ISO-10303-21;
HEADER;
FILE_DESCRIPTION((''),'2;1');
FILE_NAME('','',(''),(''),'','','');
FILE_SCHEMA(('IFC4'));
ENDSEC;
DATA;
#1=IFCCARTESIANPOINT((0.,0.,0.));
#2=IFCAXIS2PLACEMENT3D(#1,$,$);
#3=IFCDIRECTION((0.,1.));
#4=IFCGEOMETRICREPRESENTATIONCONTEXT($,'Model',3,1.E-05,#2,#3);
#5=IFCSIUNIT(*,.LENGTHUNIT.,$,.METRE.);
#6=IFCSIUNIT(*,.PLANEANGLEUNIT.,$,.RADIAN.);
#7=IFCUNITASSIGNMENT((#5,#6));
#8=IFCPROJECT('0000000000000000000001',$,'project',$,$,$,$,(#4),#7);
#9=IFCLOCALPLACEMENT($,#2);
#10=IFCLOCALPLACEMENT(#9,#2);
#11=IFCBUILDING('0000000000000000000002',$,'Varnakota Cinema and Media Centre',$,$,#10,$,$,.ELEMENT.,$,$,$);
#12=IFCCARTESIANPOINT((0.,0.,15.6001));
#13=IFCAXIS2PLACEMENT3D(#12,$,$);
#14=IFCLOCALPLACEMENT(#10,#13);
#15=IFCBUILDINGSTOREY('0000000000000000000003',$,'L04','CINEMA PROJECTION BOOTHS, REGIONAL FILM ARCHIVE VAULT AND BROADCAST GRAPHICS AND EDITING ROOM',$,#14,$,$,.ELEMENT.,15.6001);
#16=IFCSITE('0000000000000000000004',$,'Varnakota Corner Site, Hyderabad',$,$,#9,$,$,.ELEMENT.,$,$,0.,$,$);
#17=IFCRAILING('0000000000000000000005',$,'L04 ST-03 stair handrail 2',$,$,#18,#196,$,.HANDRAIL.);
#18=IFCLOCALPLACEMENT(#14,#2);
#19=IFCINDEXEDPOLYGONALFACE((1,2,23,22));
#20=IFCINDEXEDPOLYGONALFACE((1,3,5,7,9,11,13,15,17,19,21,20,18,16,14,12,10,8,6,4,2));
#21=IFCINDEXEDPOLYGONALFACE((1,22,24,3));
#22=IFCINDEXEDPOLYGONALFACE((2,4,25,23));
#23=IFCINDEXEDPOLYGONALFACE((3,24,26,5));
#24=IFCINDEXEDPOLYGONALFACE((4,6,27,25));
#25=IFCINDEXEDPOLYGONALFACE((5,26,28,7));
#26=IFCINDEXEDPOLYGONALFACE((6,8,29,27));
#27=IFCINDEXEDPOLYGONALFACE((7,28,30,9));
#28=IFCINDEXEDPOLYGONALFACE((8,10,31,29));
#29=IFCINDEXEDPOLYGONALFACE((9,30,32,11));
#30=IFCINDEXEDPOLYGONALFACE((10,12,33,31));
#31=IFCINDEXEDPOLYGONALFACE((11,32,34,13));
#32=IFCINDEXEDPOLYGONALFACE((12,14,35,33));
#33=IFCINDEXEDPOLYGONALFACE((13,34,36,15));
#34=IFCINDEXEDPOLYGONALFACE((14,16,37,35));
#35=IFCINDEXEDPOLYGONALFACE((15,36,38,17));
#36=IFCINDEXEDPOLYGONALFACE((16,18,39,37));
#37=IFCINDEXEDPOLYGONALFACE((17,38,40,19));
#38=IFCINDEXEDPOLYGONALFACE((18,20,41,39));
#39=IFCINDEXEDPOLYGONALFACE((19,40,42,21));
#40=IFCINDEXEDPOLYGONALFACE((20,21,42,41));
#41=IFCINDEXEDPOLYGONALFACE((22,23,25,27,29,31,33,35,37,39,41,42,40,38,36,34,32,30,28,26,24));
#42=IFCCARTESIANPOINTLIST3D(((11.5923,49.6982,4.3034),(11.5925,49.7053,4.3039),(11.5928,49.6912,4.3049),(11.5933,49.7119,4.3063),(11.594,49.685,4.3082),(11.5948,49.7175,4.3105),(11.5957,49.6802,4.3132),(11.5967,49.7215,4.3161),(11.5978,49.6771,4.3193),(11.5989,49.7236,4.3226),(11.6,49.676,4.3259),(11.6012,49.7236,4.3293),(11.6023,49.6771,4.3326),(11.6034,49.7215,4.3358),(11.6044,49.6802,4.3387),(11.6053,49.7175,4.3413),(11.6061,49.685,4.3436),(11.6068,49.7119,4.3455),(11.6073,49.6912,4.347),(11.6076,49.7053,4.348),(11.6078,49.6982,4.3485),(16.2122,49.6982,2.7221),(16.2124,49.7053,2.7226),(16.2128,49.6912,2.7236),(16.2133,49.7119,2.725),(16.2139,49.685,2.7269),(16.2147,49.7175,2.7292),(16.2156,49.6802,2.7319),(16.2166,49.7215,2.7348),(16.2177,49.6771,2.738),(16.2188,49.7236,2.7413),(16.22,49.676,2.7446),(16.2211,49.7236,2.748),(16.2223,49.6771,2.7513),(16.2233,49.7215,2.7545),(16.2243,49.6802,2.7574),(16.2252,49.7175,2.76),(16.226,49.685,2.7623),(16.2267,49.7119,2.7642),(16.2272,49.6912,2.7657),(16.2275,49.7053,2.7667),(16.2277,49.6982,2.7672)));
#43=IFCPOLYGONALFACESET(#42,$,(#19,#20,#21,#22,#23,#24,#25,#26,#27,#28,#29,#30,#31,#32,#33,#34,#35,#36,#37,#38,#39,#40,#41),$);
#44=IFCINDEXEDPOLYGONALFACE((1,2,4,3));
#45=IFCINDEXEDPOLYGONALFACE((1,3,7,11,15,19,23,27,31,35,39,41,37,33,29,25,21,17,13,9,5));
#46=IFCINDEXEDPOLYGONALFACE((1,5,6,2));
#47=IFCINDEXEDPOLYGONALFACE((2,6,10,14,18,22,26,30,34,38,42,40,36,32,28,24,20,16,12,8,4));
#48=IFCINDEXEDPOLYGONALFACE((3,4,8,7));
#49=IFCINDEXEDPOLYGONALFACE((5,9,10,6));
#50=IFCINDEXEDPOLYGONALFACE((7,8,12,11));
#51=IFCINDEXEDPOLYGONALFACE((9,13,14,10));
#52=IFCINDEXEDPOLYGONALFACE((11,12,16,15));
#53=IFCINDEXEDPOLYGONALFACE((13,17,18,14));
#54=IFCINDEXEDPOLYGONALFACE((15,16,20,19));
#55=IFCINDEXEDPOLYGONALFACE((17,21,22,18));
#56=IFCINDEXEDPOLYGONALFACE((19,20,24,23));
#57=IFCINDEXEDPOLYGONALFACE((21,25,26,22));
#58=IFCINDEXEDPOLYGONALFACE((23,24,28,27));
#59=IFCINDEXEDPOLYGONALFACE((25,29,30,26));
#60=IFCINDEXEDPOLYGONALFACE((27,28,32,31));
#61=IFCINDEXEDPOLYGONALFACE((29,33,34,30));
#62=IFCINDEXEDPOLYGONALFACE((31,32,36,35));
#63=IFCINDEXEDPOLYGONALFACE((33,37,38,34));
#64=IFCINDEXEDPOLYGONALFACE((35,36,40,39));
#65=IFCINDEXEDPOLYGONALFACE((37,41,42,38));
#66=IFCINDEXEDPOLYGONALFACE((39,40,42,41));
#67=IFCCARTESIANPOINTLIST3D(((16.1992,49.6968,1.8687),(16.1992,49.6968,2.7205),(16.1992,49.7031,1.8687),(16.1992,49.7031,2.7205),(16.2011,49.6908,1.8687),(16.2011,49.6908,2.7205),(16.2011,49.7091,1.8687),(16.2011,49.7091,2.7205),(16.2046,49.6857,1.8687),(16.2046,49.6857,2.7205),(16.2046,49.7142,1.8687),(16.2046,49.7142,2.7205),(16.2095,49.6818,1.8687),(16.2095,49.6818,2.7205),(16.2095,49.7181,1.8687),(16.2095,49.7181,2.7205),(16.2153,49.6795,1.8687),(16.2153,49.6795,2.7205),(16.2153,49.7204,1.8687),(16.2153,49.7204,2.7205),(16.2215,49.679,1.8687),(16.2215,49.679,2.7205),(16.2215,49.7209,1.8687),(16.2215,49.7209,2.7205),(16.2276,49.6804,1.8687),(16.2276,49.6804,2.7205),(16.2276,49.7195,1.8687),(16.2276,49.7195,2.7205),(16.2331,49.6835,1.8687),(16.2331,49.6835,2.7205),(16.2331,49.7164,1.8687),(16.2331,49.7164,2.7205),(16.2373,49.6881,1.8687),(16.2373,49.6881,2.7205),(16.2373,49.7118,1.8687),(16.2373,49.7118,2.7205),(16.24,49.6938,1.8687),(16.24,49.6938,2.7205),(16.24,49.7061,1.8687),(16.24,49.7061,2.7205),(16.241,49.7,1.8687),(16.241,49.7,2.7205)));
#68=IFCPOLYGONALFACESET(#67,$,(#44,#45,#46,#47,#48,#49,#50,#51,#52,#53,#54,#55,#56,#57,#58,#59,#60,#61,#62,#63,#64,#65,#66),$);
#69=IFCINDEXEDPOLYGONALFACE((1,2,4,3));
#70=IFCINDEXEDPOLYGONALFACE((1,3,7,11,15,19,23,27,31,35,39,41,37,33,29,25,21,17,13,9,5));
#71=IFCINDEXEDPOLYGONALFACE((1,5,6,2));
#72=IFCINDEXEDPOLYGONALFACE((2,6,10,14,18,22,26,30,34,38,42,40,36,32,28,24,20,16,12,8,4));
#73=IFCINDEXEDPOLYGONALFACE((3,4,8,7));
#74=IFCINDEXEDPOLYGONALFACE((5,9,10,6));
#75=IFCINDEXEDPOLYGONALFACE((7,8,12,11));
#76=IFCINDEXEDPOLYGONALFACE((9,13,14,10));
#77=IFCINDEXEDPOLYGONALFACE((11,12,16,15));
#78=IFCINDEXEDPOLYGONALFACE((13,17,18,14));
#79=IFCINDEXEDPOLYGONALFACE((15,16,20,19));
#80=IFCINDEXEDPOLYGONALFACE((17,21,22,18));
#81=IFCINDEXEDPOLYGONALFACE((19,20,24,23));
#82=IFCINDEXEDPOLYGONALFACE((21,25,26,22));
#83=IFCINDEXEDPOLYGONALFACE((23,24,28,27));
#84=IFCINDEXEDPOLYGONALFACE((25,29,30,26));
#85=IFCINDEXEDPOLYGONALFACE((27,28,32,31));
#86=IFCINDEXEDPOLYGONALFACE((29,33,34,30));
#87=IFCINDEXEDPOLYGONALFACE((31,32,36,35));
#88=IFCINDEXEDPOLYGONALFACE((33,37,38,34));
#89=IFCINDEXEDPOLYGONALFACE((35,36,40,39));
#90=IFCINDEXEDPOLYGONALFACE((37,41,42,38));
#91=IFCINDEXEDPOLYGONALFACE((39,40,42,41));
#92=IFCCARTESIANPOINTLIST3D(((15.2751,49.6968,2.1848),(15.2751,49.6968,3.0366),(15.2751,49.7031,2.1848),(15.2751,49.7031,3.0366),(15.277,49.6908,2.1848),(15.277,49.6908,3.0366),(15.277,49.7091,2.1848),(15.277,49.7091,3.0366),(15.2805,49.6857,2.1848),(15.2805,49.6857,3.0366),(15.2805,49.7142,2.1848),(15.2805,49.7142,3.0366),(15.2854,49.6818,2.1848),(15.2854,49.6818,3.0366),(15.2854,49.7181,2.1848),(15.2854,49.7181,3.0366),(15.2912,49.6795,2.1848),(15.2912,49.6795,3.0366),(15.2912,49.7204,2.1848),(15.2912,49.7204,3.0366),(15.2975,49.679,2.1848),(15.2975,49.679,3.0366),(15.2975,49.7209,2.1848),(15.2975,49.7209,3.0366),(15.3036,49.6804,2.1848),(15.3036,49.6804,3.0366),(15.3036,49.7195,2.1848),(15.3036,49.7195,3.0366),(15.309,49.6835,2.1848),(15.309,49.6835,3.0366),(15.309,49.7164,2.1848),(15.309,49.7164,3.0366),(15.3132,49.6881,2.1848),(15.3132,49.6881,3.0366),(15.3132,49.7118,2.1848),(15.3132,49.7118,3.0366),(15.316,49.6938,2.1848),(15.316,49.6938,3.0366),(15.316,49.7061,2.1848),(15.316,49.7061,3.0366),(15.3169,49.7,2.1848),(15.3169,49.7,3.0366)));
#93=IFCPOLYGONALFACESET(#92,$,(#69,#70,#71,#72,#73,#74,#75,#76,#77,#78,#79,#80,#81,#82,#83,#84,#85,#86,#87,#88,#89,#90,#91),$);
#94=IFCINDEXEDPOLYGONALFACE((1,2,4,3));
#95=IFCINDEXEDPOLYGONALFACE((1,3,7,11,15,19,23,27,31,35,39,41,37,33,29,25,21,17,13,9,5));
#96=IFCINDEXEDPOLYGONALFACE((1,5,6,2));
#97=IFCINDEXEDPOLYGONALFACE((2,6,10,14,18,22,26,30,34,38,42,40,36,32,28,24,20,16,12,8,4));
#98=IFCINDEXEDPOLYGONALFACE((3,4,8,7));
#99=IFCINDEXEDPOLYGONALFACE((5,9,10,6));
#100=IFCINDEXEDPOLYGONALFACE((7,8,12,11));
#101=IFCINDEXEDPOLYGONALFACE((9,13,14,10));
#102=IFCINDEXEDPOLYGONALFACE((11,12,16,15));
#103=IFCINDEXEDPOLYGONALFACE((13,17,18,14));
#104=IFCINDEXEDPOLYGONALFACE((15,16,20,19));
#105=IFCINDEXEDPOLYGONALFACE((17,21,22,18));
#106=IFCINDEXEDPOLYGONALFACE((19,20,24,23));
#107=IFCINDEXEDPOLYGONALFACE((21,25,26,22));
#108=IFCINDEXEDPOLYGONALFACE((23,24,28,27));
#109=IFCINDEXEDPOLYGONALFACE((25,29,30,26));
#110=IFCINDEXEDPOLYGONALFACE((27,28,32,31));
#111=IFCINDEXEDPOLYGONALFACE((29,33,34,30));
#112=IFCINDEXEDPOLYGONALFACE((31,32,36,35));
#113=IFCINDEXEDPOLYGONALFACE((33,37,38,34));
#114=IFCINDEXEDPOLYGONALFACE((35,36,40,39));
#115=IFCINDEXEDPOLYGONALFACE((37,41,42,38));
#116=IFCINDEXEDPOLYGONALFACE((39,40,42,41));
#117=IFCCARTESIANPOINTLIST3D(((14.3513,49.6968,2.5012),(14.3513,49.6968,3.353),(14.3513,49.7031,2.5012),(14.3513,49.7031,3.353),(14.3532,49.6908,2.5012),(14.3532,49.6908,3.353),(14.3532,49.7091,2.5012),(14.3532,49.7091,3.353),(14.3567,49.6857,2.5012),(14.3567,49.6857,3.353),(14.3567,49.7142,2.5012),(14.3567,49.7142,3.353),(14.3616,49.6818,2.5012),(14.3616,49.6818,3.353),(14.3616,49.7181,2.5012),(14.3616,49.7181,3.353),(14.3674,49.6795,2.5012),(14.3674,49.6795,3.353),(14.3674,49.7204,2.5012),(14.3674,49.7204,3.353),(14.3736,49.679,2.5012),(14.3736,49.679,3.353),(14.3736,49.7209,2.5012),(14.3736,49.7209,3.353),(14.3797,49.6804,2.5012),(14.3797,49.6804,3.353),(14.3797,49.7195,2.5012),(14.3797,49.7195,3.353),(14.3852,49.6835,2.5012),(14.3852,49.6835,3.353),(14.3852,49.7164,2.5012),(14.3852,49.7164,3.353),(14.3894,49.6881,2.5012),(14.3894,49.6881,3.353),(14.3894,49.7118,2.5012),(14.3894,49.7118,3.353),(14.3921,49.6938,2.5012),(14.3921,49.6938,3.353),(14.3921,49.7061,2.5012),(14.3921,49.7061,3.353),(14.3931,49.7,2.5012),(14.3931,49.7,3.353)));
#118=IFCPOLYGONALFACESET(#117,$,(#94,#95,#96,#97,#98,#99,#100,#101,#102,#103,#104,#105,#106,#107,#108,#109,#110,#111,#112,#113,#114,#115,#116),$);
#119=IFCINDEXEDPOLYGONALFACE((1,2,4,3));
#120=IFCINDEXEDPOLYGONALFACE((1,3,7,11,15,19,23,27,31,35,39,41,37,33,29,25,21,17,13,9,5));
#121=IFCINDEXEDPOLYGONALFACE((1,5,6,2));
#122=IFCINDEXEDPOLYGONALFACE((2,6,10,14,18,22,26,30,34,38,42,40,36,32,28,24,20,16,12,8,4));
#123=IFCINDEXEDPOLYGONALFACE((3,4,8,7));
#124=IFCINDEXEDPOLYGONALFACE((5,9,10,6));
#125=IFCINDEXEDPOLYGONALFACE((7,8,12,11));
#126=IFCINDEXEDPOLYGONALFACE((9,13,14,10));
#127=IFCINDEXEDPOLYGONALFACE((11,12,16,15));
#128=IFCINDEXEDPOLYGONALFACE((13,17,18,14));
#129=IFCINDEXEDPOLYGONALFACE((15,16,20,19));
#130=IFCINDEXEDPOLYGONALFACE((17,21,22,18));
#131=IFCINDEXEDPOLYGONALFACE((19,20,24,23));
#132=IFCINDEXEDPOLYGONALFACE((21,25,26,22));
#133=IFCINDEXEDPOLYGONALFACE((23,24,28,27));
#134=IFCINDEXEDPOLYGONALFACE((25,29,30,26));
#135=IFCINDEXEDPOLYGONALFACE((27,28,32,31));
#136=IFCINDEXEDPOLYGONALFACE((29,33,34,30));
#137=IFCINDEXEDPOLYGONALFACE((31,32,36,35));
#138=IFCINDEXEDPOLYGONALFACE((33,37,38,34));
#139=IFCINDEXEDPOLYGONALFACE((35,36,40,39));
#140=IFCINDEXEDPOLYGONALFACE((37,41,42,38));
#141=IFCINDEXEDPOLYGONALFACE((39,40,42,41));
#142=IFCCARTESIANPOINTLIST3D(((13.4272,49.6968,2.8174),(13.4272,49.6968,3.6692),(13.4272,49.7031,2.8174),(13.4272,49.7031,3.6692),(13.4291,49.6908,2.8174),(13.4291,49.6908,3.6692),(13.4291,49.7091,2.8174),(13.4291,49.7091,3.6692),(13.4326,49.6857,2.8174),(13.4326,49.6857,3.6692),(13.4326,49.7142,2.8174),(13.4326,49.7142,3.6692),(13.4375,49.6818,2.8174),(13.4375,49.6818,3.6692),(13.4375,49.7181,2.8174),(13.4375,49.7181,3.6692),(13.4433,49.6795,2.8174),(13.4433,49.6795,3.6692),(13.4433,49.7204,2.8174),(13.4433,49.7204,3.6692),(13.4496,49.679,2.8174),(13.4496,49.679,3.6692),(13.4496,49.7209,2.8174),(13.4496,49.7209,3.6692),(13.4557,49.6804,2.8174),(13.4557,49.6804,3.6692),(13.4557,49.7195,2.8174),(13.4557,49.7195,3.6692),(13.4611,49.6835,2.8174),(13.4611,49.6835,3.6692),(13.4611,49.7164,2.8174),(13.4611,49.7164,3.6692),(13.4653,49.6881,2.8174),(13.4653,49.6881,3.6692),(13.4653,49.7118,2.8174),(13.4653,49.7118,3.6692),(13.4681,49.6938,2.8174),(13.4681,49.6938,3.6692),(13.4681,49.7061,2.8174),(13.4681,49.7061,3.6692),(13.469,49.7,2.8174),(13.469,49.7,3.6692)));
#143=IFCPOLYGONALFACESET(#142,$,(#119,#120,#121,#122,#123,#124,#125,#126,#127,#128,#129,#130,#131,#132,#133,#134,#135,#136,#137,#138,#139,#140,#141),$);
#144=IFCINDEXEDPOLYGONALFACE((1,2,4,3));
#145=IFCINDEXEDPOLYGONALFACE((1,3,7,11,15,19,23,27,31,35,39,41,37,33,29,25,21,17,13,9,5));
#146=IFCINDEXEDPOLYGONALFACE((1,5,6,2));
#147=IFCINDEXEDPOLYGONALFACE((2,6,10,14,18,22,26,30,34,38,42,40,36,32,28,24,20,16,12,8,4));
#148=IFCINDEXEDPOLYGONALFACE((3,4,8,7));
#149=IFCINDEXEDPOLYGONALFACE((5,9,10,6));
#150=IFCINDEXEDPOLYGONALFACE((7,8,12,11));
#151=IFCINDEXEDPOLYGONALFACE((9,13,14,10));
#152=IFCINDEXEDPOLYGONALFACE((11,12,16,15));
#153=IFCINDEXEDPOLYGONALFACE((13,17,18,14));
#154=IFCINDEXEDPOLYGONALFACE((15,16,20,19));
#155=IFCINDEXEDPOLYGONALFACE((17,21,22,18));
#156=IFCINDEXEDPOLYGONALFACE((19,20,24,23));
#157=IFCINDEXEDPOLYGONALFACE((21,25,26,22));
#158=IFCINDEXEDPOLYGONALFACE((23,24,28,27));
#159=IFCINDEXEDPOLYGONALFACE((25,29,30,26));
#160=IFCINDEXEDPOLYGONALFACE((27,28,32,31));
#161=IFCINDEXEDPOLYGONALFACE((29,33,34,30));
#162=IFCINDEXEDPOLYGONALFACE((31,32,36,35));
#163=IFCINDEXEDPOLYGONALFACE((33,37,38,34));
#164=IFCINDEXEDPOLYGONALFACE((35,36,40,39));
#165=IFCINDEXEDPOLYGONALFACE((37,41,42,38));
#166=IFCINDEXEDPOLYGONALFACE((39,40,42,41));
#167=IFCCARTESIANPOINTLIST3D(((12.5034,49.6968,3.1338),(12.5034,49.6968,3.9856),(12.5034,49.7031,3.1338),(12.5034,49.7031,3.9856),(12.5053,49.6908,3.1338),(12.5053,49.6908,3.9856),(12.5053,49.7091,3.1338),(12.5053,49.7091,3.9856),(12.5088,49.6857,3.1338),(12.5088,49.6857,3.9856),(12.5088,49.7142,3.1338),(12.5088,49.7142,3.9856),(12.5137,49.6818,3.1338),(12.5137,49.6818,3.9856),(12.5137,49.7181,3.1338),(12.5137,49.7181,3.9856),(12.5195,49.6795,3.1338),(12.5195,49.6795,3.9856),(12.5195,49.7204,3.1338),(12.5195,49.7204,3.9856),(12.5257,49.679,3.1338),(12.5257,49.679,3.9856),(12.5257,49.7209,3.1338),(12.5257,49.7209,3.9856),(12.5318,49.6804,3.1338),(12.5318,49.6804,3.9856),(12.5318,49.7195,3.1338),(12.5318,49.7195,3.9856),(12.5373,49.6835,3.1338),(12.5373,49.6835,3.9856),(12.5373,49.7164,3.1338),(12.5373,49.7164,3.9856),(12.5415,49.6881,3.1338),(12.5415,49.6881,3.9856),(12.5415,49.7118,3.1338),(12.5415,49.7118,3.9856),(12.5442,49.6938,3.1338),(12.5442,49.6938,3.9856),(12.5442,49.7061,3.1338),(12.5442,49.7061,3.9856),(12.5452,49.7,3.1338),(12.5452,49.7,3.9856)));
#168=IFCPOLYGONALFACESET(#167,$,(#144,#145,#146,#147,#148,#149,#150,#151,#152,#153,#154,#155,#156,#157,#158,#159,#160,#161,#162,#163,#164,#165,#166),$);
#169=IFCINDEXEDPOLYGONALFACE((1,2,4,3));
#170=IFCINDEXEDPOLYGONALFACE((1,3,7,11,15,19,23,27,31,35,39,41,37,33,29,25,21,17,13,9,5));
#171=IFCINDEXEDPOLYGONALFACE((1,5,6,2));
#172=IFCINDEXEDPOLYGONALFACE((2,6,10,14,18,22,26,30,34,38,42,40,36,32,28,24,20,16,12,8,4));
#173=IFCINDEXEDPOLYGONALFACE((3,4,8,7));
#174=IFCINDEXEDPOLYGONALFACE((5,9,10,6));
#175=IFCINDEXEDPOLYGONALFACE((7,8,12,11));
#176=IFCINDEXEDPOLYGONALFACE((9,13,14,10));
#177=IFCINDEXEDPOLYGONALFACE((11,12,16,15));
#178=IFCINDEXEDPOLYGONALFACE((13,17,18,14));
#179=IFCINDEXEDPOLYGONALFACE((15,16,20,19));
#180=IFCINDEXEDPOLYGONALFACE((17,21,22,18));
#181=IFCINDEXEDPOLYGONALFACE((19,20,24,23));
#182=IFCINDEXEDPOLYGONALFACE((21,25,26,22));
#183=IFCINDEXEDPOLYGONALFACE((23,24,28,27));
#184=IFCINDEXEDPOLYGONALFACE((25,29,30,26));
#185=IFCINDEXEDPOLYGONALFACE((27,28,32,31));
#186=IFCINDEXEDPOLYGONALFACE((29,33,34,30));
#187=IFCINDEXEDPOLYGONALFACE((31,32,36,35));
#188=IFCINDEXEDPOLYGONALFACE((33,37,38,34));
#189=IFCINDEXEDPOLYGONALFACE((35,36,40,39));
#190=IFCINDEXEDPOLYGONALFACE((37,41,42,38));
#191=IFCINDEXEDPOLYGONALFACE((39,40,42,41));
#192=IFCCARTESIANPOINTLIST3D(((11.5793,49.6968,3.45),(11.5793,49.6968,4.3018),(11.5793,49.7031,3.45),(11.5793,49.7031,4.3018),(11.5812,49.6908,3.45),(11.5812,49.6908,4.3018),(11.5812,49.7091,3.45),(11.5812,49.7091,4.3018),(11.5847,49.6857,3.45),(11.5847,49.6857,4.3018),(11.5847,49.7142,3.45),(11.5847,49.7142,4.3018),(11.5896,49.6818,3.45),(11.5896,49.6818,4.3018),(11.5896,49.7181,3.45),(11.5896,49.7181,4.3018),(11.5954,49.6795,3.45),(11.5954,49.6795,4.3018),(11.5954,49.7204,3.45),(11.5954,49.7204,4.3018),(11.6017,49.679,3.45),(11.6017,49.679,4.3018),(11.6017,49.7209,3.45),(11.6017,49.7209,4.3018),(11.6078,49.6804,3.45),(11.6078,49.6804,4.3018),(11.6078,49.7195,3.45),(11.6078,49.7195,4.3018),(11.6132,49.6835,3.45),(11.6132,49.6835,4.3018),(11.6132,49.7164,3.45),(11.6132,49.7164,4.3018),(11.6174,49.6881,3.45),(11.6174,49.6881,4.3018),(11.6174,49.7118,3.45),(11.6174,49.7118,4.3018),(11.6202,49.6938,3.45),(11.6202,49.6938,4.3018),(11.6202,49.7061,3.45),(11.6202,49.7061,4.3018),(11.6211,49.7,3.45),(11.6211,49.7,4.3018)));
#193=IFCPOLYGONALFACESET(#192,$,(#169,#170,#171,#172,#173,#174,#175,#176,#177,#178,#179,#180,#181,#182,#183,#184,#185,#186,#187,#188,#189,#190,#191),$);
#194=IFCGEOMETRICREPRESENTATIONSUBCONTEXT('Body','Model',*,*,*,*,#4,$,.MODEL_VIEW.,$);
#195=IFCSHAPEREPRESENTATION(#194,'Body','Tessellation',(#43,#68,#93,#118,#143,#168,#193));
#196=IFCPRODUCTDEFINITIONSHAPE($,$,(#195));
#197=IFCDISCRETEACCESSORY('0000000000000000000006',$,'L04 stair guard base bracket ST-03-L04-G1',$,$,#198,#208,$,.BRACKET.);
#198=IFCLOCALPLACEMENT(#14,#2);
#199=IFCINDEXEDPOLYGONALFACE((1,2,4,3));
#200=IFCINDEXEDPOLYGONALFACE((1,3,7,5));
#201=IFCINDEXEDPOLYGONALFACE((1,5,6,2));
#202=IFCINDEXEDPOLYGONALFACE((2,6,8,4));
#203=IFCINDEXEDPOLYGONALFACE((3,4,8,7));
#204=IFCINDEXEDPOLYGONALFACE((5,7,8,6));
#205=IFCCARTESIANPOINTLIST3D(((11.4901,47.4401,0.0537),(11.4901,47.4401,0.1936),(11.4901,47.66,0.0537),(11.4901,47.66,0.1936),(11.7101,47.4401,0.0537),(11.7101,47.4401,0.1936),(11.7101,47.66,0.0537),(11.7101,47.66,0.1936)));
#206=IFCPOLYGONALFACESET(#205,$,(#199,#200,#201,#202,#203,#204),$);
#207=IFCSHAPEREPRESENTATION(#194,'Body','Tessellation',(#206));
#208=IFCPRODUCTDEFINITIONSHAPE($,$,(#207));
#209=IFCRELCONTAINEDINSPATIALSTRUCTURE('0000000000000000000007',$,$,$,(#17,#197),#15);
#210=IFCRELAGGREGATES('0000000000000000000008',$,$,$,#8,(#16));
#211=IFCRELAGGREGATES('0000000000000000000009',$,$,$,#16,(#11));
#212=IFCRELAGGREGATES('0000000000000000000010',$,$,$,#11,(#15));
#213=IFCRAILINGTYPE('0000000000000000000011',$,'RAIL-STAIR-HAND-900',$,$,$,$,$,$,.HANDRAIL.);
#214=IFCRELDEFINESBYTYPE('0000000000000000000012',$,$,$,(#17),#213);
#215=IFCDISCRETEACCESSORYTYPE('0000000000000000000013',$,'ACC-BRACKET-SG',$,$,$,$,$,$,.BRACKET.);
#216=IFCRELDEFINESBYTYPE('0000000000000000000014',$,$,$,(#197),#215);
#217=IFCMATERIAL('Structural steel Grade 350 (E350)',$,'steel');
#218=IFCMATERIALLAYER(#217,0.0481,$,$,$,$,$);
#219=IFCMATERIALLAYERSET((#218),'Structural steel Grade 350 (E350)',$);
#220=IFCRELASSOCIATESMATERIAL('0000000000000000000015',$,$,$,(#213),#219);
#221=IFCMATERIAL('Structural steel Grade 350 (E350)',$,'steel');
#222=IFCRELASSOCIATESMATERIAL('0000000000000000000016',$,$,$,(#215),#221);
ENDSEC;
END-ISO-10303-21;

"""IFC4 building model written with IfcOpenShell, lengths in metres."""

from ifc_helpers import new_model, si_unit, direction, frame, origin, origin_2d, place, context, subcontext, project, spatial, rectangle, circle, extrude, material, layer, layer_set, type_object, element, save


model = new_model("IFC4")

# Units and contexts
model_context = context("Model", 3, precision=1e-05, world=origin(), true_north=direction((0.0, 1.0)))
body_context = subcontext(model_context, "Body", "Model", "MODEL_VIEW")
ifc_project = project(units=[si_unit("LENGTHUNIT", "METRE"), si_unit("PLANEANGLEUNIT", "RADIAN")], contexts=[model_context])

# Site, building, storey
site_placement = place(None, origin())
site = spatial("IfcSite", under=ifc_project, at=site_placement, Name="Varnakota Corner Site, Hyderabad", CompositionType="ELEMENT", RefElevation=0.0)
building_placement = place(site_placement, origin())
building = spatial("IfcBuilding", under=site, at=building_placement, Name="Varnakota Cinema and Media Centre", CompositionType="ELEMENT")
storey_placement = place(building_placement, frame((0.0, 0.0, 15.6001)))
storey = spatial("IfcBuildingStorey", under=building, at=storey_placement, Name="L04", Description="CINEMA PROJECTION BOOTHS, REGIONAL FILM ARCHIVE VAULT AND BROADCAST GRAPHICS AND EDITING ROOM", CompositionType="ELEMENT", Elevation=15.6001)

# Railing
ifc_material_1 = material(Name="Structural steel Grade 350 (E350)", Category="steel")
ifc_layer_1 = layer(ifc_material_1, 0.0481)
ifc_layer_set_1 = layer_set([ifc_layer_1], Name="Structural steel Grade 350 (E350)")
railing_type_1 = type_object("IfcRailingType", Name="RAIL-STAIR-HAND-900", PredefinedType="HANDRAIL", material=ifc_layer_set_1)
railing_1_placement = place(storey_placement, frame((16.22, 49.7, 1.8687)))
element("IfcRailing", 1, at=railing_1_placement, inside=storey, type_object=railing_type_1, Name="L04 ST-03 stair handrail 2", PredefinedType="HANDRAIL", context=body_context, shape_type="SweptSolid", body=[
    extrude(circle(Radius=0.0239, at=origin_2d()), frame((0.0, 0.0, 0.876), z_axis=(-0.946113, 0.0, 0.323837), x_axis=(0.0, -1.0, 0.0)), (0.0, 0.0, 1.0), 4.8831),
    extrude(circle(Radius=0.021, at=origin_2d()), origin(), (0.0, 0.0, 1.0), 0.8518),
    extrude(circle(Radius=0.021, at=origin_2d()), frame((-0.9241, 0.0, 0.3162)), (0.0, 0.0, 1.0), 0.8518),
    extrude(circle(Radius=0.021, at=origin_2d()), frame((-1.8479, 0.0, 0.6326)), (0.0, 0.0, 1.0), 0.8518),
    extrude(circle(Radius=0.021, at=origin_2d()), frame((-2.772, 0.0, 0.9487)), (0.0, 0.0, 1.0), 0.8518),
    extrude(circle(Radius=0.021, at=origin_2d()), frame((-3.6958, 0.0, 1.2651)), (0.0, 0.0, 1.0), 0.8518),
    extrude(circle(Radius=0.021, at=origin_2d()), frame((-4.6199, 0.0, 1.5813)), (0.0, 0.0, 1.0), 0.8518),
])

# Discrete accessory
ifc_material_2 = material(Name="Structural steel Grade 350 (E350)", Category="steel")
discrete_accessory_type = type_object("IfcDiscreteAccessoryType", Name="ACC-BRACKET-SG", PredefinedType="BRACKET", material=ifc_material_2)
for number, where, z_axis, x_axis, name in (
    (2, (11.6001, 47.55, 0.0537), (0.0, 0.0, 1.0), (1.0, 0.0, 0.0), "L04 stair guard base bracket ST-03-L04-G1"),
):
    element("IfcDiscreteAccessory", number, at=place(storey_placement, frame(where, z_axis=z_axis, x_axis=x_axis)), inside=storey, type_object=discrete_accessory_type, Name=name, PredefinedType="BRACKET", context=body_context, shape_type="SweptSolid", body=[
        extrude(rectangle(XDim=0.22, YDim=0.22, at=origin_2d()), origin(), (0.0, 0.0, 1.0), 0.1399),
    ])

save(model, "model.ifc")
